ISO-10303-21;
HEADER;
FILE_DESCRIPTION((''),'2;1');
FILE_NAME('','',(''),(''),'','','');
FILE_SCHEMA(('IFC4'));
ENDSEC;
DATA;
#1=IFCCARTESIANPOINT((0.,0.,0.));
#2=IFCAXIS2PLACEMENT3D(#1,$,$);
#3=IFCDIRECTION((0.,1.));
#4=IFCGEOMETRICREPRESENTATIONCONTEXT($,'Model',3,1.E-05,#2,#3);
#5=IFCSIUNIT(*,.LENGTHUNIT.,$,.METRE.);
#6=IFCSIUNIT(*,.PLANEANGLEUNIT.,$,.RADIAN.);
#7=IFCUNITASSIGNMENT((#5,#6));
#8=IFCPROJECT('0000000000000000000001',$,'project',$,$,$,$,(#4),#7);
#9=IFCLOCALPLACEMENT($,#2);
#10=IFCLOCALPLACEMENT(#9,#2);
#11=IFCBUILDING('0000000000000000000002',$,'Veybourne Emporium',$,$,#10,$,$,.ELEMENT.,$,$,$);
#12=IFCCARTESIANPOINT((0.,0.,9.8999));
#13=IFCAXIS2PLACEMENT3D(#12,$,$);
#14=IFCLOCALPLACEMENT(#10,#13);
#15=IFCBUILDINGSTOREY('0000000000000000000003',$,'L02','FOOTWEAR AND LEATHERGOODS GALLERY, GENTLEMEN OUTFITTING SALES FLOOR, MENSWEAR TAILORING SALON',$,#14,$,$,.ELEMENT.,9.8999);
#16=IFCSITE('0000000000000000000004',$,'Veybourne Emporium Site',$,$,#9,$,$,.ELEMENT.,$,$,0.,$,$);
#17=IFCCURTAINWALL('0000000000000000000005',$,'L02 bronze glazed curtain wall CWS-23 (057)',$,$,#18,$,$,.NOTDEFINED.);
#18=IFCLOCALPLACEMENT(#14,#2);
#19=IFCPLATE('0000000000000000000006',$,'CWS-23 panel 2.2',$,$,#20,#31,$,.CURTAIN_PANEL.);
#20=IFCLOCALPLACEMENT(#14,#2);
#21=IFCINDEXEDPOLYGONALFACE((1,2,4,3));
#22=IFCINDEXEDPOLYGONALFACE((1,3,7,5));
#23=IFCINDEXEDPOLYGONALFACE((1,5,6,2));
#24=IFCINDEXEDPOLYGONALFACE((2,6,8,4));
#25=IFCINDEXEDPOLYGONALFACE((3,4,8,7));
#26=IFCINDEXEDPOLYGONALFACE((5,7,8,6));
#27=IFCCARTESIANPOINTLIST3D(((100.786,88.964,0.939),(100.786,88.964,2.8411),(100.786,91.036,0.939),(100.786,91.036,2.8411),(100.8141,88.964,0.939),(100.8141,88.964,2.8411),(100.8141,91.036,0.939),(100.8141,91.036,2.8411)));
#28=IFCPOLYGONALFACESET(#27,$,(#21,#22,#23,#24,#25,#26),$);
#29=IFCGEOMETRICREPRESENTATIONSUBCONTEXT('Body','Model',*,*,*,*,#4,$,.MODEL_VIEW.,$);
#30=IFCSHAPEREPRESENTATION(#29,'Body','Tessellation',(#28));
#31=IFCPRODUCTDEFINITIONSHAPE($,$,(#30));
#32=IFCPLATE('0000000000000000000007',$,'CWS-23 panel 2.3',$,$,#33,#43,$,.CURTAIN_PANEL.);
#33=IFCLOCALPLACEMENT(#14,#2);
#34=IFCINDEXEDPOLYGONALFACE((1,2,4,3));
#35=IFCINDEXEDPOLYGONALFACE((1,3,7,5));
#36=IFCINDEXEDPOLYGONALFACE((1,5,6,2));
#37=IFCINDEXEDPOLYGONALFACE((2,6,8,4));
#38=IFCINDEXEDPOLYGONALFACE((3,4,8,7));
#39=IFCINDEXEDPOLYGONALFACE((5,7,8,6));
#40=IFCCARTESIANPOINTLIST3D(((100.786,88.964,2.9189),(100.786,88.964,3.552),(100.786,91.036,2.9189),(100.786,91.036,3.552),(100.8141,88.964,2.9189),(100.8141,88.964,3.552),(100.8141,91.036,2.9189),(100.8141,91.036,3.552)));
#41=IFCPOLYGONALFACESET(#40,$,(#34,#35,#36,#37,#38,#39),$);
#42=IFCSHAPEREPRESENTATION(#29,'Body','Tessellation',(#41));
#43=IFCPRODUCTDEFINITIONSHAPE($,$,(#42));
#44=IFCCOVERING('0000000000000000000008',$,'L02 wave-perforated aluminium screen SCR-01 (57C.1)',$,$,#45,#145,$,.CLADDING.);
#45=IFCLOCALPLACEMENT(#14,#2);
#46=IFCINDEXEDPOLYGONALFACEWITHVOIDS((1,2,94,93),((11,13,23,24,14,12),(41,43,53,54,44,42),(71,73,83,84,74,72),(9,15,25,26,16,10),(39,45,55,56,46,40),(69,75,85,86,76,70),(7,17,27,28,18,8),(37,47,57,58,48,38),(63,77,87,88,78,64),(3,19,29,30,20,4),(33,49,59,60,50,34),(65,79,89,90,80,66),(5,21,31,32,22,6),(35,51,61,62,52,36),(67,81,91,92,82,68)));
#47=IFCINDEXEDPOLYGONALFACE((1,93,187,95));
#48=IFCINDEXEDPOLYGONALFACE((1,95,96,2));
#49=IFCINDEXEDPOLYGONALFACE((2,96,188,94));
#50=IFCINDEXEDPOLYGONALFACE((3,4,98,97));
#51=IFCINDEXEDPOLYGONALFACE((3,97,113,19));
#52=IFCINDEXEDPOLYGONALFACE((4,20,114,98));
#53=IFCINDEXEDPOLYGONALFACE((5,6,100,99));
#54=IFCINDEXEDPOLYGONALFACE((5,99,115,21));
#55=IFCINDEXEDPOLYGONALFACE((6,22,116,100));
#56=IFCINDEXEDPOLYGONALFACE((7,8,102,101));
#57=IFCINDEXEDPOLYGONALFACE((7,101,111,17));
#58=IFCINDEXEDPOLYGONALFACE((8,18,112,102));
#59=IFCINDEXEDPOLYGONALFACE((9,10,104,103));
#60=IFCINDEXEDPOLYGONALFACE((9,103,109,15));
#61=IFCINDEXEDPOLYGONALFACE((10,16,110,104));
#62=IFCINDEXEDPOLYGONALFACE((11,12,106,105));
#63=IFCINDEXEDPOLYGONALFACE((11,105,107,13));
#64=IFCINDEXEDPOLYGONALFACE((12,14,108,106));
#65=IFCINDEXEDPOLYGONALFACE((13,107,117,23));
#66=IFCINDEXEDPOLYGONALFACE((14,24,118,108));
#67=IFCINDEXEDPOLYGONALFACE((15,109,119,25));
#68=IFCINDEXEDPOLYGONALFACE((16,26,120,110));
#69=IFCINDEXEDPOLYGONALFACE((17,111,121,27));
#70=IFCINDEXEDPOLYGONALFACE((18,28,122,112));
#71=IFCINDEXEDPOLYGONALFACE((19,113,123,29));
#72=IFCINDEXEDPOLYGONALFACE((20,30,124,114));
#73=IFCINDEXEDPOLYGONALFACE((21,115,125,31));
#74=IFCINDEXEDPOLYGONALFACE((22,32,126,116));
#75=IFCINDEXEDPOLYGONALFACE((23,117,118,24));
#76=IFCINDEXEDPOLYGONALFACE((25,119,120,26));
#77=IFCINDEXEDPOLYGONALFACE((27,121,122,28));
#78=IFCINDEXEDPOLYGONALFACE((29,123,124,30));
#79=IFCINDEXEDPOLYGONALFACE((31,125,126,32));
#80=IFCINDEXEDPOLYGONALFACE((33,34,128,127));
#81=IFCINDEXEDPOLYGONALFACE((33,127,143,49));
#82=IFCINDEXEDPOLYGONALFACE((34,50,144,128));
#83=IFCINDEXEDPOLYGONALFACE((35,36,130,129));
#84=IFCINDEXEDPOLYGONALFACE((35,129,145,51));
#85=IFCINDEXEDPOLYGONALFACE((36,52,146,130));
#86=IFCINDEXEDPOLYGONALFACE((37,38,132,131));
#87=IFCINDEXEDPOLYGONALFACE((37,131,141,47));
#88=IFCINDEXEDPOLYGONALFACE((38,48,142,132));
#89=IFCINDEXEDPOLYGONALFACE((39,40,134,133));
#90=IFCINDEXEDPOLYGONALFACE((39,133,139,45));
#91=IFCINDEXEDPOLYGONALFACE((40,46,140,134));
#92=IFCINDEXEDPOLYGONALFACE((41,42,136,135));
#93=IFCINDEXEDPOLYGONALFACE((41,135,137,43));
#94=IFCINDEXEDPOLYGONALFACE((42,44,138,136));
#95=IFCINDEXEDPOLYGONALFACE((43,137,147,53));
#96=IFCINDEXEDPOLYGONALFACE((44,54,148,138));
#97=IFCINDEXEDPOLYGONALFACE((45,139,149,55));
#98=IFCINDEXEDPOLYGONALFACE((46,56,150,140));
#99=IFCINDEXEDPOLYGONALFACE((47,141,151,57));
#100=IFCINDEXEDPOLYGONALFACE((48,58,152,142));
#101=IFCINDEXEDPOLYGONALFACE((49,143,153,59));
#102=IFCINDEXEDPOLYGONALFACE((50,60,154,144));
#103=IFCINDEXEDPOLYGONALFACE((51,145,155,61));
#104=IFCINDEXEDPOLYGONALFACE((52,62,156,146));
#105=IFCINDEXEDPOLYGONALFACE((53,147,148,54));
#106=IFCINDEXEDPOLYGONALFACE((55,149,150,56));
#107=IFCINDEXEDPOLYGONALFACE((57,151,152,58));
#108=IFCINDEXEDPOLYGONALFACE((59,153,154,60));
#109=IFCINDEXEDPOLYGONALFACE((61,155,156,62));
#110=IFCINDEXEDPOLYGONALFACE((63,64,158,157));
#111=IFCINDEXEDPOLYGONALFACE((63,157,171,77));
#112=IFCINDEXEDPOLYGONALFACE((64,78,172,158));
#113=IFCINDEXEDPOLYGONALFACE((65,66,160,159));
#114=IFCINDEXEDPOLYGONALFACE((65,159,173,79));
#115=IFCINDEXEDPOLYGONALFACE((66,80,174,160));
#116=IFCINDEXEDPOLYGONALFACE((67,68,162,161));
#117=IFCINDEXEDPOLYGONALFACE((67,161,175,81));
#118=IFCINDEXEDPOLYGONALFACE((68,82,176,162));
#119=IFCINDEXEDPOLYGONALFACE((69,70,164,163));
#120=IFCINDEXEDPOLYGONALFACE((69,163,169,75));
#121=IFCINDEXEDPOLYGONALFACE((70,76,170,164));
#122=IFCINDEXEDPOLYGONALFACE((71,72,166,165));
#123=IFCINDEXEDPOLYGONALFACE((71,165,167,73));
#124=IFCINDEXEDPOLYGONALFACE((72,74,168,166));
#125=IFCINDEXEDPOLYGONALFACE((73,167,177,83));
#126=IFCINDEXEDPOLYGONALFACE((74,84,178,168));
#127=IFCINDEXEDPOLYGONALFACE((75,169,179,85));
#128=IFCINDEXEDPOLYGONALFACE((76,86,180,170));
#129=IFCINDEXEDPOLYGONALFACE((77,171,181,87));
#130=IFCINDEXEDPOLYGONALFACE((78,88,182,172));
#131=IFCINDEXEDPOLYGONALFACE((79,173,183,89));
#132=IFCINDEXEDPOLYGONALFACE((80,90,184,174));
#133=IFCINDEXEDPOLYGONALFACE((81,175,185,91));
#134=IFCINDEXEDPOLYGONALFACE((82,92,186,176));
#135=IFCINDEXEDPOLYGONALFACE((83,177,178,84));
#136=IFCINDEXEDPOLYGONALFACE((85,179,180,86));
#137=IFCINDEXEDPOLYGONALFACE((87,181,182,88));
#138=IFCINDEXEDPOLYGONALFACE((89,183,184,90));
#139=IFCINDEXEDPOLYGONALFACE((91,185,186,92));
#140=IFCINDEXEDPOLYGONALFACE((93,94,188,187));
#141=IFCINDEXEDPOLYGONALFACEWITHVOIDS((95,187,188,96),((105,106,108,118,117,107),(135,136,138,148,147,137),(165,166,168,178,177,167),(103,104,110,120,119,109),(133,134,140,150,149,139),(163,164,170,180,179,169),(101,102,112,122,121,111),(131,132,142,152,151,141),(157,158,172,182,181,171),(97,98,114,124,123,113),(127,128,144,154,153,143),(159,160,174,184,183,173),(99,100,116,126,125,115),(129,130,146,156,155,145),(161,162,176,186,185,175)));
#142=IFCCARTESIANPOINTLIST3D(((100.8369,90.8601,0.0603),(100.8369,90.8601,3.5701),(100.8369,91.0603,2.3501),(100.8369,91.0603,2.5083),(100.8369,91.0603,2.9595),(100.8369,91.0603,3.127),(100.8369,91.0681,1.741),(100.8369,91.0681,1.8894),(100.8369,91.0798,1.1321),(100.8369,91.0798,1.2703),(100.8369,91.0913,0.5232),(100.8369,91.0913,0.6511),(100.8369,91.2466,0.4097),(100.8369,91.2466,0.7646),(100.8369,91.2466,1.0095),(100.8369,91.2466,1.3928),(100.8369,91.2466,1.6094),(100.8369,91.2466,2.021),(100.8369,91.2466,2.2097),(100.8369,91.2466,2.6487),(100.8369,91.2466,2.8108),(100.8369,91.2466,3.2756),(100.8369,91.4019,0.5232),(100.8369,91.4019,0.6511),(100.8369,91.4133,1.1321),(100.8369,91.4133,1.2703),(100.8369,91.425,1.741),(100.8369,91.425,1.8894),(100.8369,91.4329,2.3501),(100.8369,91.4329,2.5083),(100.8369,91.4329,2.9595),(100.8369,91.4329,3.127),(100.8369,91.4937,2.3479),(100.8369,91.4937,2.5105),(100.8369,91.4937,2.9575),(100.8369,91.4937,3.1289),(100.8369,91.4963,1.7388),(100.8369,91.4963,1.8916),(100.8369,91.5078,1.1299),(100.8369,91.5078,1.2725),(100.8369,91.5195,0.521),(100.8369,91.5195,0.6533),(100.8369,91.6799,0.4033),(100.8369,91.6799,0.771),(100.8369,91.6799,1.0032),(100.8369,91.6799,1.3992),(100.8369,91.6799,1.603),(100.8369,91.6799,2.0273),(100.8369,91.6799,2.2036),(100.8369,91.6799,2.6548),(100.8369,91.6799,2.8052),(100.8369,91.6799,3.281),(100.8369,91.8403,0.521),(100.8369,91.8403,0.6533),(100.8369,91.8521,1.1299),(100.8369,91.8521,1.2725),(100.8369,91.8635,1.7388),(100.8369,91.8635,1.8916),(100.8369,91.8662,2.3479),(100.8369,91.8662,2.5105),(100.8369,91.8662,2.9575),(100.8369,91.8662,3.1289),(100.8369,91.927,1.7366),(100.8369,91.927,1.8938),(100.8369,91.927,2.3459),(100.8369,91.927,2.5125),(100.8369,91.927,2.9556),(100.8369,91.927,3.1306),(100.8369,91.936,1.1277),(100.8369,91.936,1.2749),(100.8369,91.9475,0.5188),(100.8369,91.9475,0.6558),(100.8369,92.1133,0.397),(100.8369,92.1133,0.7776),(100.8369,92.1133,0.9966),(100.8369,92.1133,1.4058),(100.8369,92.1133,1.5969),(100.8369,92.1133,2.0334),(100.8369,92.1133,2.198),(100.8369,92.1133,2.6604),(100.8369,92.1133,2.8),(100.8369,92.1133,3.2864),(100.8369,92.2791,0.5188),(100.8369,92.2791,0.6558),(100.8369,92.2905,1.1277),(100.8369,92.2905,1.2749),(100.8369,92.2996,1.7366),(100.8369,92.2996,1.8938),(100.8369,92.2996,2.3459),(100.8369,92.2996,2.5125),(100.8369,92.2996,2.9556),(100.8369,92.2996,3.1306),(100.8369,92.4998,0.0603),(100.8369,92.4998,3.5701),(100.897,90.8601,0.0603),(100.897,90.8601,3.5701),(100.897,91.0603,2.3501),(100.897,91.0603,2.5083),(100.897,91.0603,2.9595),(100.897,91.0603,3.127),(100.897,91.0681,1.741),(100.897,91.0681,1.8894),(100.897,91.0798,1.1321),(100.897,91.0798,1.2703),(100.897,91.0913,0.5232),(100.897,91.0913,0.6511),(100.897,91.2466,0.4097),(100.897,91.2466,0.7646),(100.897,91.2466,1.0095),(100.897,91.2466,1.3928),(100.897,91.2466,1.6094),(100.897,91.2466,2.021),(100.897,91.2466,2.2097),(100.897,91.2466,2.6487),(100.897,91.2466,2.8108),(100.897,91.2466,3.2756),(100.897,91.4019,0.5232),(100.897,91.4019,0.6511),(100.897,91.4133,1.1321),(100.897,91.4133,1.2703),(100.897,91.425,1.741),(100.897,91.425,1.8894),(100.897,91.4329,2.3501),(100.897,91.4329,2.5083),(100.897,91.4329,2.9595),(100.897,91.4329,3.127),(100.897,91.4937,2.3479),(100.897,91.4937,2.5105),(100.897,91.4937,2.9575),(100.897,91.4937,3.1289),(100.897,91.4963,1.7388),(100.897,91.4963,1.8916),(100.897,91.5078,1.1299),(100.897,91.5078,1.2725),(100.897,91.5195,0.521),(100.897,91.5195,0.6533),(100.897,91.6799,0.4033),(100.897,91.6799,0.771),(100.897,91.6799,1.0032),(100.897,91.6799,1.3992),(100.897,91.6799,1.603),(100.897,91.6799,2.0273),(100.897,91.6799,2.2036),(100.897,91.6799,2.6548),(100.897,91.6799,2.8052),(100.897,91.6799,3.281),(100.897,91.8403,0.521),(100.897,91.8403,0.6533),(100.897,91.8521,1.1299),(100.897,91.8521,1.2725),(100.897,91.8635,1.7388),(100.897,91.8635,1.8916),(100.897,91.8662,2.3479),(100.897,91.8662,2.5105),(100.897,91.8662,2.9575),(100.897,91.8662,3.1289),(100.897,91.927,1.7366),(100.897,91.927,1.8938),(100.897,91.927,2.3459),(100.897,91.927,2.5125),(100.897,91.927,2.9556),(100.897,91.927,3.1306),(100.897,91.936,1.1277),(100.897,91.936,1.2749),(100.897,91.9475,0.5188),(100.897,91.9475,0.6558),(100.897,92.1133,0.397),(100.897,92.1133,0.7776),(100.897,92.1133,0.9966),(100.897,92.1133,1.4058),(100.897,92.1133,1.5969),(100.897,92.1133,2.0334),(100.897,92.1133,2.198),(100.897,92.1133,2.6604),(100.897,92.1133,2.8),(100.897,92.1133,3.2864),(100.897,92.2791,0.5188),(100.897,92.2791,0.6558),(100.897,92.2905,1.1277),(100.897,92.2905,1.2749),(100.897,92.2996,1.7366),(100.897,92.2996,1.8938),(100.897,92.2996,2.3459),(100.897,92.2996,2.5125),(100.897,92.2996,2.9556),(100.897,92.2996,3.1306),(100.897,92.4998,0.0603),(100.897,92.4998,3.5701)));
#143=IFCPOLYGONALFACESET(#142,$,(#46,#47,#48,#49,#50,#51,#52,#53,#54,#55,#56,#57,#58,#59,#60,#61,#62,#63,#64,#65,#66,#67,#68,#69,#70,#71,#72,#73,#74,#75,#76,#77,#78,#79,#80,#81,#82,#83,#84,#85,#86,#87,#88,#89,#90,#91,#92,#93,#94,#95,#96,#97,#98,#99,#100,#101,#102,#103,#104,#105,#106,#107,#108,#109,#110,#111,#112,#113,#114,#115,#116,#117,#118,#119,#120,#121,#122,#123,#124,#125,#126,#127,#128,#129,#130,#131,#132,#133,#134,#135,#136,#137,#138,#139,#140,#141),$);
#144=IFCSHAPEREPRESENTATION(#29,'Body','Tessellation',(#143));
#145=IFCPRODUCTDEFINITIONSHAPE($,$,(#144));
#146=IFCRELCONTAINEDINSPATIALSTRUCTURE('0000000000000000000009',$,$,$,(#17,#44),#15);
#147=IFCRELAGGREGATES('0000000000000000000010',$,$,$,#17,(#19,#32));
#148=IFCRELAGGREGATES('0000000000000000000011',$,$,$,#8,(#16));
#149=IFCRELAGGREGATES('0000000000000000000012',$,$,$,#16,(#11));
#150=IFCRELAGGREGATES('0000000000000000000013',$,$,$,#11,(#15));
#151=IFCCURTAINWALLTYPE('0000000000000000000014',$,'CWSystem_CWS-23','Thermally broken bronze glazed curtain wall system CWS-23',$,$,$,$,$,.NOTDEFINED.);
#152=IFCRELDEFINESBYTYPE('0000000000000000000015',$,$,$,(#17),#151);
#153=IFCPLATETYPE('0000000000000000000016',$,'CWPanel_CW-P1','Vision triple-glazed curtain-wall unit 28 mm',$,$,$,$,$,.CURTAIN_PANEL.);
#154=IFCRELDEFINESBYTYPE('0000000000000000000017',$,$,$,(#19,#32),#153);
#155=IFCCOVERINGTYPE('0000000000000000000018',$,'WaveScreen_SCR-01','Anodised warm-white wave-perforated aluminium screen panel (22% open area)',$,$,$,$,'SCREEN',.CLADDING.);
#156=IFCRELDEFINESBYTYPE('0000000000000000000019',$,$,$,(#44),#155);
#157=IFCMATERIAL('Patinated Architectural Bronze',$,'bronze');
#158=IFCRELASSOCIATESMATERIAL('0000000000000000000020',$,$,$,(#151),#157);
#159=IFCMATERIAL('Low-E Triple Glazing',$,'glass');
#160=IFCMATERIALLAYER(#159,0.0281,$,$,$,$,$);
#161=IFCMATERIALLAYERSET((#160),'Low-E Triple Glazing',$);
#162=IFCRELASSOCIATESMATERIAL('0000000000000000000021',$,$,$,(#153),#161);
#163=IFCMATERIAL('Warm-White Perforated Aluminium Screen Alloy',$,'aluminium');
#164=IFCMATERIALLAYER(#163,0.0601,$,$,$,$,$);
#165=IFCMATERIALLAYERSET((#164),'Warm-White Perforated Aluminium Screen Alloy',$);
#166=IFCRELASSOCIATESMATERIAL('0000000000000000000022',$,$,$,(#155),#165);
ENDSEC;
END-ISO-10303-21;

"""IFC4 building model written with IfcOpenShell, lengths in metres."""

from ifc_helpers import new_model, si_unit, direction, frame, origin, origin_2d, place, context, subcontext, project, spatial, polyline, rectangle, outline, extrude, material, layer, layer_set, type_object, element, aggregate, save


model = new_model("IFC4")

# Units and contexts
model_context = context("Model", 3, precision=1e-05, world=origin(), true_north=direction((0.0, 1.0)))
body_context = subcontext(model_context, "Body", "Model", "MODEL_VIEW")
ifc_project = project(units=[si_unit("LENGTHUNIT", "METRE"), si_unit("PLANEANGLEUNIT", "RADIAN")], contexts=[model_context])

# Site, building, storey
site_placement = place(None, origin())
site = spatial("IfcSite", under=ifc_project, at=site_placement, Name="Veybourne Emporium Site", CompositionType="ELEMENT", RefElevation=0.0)
building_placement = place(site_placement, origin())
building = spatial("IfcBuilding", under=site, at=building_placement, Name="Veybourne Emporium", CompositionType="ELEMENT")
storey_placement = place(building_placement, frame((0.0, 0.0, 9.8999)))
storey = spatial("IfcBuildingStorey", under=building, at=storey_placement, Name="L02", Description="FOOTWEAR AND LEATHERGOODS GALLERY, GENTLEMEN OUTFITTING SALES FLOOR, MENSWEAR TAILORING SALON", CompositionType="ELEMENT", Elevation=9.8999)

# Curtain wall, plates
ifc_material_1 = material(Name="Patinated Architectural Bronze", Category="bronze")
curtain_wall_type = type_object("IfcCurtainWallType", Name="CWSystem_CWS-23", Description="Thermally broken bronze glazed curtain wall system CWS-23", PredefinedType="NOTDEFINED", material=ifc_material_1)
curtain_wall_placement = place(storey_placement, origin())
curtain_wall = element("IfcCurtainWall", 1, at=curtain_wall_placement, inside=storey, type_object=curtain_wall_type, Name="L02 bronze glazed curtain wall CWS-23 (057)", PredefinedType="NOTDEFINED")
ifc_material_2 = material(Name="Low-E Triple Glazing", Category="glass")
ifc_layer_1 = layer(ifc_material_2, 0.0281)
ifc_layer_set_1 = layer_set([ifc_layer_1], Name="Low-E Triple Glazing")
plate_type = type_object("IfcPlateType", Name="CWPanel_CW-P1", Description="Vision triple-glazed curtain-wall unit 28 mm", PredefinedType="CURTAIN_PANEL", material=ifc_layer_set_1)
plate_1_placement = place(storey_placement, frame((100.8, 90.0, 0.939), z_axis=(0.0, 0.0, 1.0), x_axis=(0.0, -1.0, 0.0)))
plate_1 = element("IfcPlate", 2, at=plate_1_placement, type_object=plate_type, Name="CWS-23 panel 2.2", PredefinedType="CURTAIN_PANEL", context=body_context, shape_type="SweptSolid", body=[
    extrude(rectangle(XDim=2.072, YDim=0.0281, at=origin_2d()), origin(), (0.0, 0.0, 1.0), 1.9021),
])
plate_2_placement = place(storey_placement, frame((100.8, 90.0, 2.9189), z_axis=(0.0, 0.0, 1.0), x_axis=(0.0, -1.0, 0.0)))
plate_2 = element("IfcPlate", 3, at=plate_2_placement, type_object=plate_type, Name="CWS-23 panel 2.3", PredefinedType="CURTAIN_PANEL", context=body_context, shape_type="SweptSolid", body=[
    extrude(rectangle(XDim=2.072, YDim=0.0281, at=origin_2d()), origin(), (0.0, 0.0, 1.0), 0.6331),
])
aggregate(curtain_wall, [plate_1, plate_2])

# Covering
ifc_material_3 = material(Name="Warm-White Perforated Aluminium Screen Alloy", Category="aluminium")
ifc_layer_2 = layer(ifc_material_3, 0.0601)
ifc_layer_set_2 = layer_set([ifc_layer_2], Name="Warm-White Perforated Aluminium Screen Alloy")
covering_type_1 = type_object("IfcCoveringType", Name="WaveScreen_SCR-01", Description="Anodised warm-white wave-perforated aluminium screen panel (22% open area)", ElementType="SCREEN", PredefinedType="CLADDING", material=ifc_layer_set_2)
covering_1_placement = place(storey_placement, frame((100.897, 91.6799, 1.8152), z_axis=(-1.0, 0.0, 0.0), x_axis=(0.0, -1.0, 0.0)))
element("IfcCovering", 4, at=covering_1_placement, inside=storey, type_object=covering_type_1, Name="L02 wave-perforated aluminium screen SCR-01 (57C.1)", PredefinedType="CLADDING", context=body_context, shape_type="SweptSolid", body=[
    extrude(outline(polyline([(-0.8198, -1.7549), (0.8198, -1.7549), (0.8198, 1.7549), (-0.8198, 1.7549), (-0.8198, -1.7549)]), holes=[polyline([(-0.4333, -1.0376), (-0.2676, -1.1594), (-0.2676, -1.2964), (-0.4333, -1.4182), (-0.5991, -1.2964), (-0.5991, -1.1594), (-0.4333, -1.0376)]), polyline([(-0.4333, -0.4094), (-0.2561, -0.5403), (-0.2561, -0.6875), (-0.4333, -0.8186), (-0.6106, -0.6875), (-0.6106, -0.5403), (-0.4333, -0.4094)]), polyline([(-0.4333, 0.2183), (-0.2471, 0.0786), (-0.2471, -0.0786), (-0.4333, -0.2183), (-0.6196, -0.0786), (-0.6196, 0.0786), (-0.4333, 0.2183)]), polyline([(-0.4333, 0.8452), (-0.2471, 0.6973), (-0.2471, 0.5308), (-0.4333, 0.3828), (-0.6196, 0.5308), (-0.6196, 0.6973), (-0.4333, 0.8452)]), polyline([(-0.4333, 1.4712), (-0.2471, 1.3154), (-0.2471, 1.1404), (-0.4333, 0.9849), (-0.6196, 1.1404), (-0.6196, 1.3154), (-0.4333, 1.4712)]), polyline([(0.0, -1.0442), (0.1604, -1.1619), (0.1604, -1.2942), (0.0, -1.4119), (-0.1604, -1.2942), (-0.1604, -1.1619), (0.0, -1.0442)]), polyline([(0.0, -0.416), (0.1721, -0.5427), (0.1721, -0.6853), (0.0, -0.812), (-0.1721, -0.6853), (-0.1721, -0.5427), (0.0, -0.416)]), polyline([(0.0, 0.2122), (0.1836, 0.0764), (0.1836, -0.0764), (0.0, -0.2122), (-0.1836, -0.0764), (-0.1836, 0.0764), (0.0, 0.2122)]), polyline([(0.0, 0.8396), (0.1863, 0.6953), (0.1863, 0.5327), (0.0, 0.3884), (-0.1863, 0.5327), (-0.1863, 0.6953), (0.0, 0.8396)]), polyline([(0.0, 1.4658), (0.1863, 1.3137), (0.1863, 1.1423), (0.0, 0.99), (-0.1863, 1.1423), (-0.1863, 1.3137), (0.0, 1.4658)]), polyline([(0.4333, -1.0505), (0.5886, -1.1641), (0.5886, -1.292), (0.4333, -1.4055), (0.2781, -1.292), (0.2781, -1.1641), (0.4333, -1.0505)]), polyline([(0.4333, -0.4224), (0.6001, -0.5449), (0.6001, -0.6831), (0.4333, -0.8057), (0.2666, -0.6831), (0.2666, -0.5449), (0.4333, -0.4224)]), polyline([(0.4333, 0.2058), (0.6118, 0.0742), (0.6118, -0.0742), (0.4333, -0.2058), (0.2549, -0.0742), (0.2549, 0.0742), (0.4333, 0.2058)]), polyline([(0.4333, 0.8335), (0.6196, 0.6931), (0.6196, 0.5349), (0.4333, 0.3945), (0.2471, 0.5349), (0.2471, 0.6931), (0.4333, 0.8335)]), polyline([(0.4333, 1.4604), (0.6196, 1.3118), (0.6196, 1.1443), (0.4333, 0.9956), (0.2471, 1.1443), (0.2471, 1.3118), (0.4333, 1.4604)])]), origin(), (0.0, 0.0, 1.0), 0.0601),
])

save(model, "model.ifc")
